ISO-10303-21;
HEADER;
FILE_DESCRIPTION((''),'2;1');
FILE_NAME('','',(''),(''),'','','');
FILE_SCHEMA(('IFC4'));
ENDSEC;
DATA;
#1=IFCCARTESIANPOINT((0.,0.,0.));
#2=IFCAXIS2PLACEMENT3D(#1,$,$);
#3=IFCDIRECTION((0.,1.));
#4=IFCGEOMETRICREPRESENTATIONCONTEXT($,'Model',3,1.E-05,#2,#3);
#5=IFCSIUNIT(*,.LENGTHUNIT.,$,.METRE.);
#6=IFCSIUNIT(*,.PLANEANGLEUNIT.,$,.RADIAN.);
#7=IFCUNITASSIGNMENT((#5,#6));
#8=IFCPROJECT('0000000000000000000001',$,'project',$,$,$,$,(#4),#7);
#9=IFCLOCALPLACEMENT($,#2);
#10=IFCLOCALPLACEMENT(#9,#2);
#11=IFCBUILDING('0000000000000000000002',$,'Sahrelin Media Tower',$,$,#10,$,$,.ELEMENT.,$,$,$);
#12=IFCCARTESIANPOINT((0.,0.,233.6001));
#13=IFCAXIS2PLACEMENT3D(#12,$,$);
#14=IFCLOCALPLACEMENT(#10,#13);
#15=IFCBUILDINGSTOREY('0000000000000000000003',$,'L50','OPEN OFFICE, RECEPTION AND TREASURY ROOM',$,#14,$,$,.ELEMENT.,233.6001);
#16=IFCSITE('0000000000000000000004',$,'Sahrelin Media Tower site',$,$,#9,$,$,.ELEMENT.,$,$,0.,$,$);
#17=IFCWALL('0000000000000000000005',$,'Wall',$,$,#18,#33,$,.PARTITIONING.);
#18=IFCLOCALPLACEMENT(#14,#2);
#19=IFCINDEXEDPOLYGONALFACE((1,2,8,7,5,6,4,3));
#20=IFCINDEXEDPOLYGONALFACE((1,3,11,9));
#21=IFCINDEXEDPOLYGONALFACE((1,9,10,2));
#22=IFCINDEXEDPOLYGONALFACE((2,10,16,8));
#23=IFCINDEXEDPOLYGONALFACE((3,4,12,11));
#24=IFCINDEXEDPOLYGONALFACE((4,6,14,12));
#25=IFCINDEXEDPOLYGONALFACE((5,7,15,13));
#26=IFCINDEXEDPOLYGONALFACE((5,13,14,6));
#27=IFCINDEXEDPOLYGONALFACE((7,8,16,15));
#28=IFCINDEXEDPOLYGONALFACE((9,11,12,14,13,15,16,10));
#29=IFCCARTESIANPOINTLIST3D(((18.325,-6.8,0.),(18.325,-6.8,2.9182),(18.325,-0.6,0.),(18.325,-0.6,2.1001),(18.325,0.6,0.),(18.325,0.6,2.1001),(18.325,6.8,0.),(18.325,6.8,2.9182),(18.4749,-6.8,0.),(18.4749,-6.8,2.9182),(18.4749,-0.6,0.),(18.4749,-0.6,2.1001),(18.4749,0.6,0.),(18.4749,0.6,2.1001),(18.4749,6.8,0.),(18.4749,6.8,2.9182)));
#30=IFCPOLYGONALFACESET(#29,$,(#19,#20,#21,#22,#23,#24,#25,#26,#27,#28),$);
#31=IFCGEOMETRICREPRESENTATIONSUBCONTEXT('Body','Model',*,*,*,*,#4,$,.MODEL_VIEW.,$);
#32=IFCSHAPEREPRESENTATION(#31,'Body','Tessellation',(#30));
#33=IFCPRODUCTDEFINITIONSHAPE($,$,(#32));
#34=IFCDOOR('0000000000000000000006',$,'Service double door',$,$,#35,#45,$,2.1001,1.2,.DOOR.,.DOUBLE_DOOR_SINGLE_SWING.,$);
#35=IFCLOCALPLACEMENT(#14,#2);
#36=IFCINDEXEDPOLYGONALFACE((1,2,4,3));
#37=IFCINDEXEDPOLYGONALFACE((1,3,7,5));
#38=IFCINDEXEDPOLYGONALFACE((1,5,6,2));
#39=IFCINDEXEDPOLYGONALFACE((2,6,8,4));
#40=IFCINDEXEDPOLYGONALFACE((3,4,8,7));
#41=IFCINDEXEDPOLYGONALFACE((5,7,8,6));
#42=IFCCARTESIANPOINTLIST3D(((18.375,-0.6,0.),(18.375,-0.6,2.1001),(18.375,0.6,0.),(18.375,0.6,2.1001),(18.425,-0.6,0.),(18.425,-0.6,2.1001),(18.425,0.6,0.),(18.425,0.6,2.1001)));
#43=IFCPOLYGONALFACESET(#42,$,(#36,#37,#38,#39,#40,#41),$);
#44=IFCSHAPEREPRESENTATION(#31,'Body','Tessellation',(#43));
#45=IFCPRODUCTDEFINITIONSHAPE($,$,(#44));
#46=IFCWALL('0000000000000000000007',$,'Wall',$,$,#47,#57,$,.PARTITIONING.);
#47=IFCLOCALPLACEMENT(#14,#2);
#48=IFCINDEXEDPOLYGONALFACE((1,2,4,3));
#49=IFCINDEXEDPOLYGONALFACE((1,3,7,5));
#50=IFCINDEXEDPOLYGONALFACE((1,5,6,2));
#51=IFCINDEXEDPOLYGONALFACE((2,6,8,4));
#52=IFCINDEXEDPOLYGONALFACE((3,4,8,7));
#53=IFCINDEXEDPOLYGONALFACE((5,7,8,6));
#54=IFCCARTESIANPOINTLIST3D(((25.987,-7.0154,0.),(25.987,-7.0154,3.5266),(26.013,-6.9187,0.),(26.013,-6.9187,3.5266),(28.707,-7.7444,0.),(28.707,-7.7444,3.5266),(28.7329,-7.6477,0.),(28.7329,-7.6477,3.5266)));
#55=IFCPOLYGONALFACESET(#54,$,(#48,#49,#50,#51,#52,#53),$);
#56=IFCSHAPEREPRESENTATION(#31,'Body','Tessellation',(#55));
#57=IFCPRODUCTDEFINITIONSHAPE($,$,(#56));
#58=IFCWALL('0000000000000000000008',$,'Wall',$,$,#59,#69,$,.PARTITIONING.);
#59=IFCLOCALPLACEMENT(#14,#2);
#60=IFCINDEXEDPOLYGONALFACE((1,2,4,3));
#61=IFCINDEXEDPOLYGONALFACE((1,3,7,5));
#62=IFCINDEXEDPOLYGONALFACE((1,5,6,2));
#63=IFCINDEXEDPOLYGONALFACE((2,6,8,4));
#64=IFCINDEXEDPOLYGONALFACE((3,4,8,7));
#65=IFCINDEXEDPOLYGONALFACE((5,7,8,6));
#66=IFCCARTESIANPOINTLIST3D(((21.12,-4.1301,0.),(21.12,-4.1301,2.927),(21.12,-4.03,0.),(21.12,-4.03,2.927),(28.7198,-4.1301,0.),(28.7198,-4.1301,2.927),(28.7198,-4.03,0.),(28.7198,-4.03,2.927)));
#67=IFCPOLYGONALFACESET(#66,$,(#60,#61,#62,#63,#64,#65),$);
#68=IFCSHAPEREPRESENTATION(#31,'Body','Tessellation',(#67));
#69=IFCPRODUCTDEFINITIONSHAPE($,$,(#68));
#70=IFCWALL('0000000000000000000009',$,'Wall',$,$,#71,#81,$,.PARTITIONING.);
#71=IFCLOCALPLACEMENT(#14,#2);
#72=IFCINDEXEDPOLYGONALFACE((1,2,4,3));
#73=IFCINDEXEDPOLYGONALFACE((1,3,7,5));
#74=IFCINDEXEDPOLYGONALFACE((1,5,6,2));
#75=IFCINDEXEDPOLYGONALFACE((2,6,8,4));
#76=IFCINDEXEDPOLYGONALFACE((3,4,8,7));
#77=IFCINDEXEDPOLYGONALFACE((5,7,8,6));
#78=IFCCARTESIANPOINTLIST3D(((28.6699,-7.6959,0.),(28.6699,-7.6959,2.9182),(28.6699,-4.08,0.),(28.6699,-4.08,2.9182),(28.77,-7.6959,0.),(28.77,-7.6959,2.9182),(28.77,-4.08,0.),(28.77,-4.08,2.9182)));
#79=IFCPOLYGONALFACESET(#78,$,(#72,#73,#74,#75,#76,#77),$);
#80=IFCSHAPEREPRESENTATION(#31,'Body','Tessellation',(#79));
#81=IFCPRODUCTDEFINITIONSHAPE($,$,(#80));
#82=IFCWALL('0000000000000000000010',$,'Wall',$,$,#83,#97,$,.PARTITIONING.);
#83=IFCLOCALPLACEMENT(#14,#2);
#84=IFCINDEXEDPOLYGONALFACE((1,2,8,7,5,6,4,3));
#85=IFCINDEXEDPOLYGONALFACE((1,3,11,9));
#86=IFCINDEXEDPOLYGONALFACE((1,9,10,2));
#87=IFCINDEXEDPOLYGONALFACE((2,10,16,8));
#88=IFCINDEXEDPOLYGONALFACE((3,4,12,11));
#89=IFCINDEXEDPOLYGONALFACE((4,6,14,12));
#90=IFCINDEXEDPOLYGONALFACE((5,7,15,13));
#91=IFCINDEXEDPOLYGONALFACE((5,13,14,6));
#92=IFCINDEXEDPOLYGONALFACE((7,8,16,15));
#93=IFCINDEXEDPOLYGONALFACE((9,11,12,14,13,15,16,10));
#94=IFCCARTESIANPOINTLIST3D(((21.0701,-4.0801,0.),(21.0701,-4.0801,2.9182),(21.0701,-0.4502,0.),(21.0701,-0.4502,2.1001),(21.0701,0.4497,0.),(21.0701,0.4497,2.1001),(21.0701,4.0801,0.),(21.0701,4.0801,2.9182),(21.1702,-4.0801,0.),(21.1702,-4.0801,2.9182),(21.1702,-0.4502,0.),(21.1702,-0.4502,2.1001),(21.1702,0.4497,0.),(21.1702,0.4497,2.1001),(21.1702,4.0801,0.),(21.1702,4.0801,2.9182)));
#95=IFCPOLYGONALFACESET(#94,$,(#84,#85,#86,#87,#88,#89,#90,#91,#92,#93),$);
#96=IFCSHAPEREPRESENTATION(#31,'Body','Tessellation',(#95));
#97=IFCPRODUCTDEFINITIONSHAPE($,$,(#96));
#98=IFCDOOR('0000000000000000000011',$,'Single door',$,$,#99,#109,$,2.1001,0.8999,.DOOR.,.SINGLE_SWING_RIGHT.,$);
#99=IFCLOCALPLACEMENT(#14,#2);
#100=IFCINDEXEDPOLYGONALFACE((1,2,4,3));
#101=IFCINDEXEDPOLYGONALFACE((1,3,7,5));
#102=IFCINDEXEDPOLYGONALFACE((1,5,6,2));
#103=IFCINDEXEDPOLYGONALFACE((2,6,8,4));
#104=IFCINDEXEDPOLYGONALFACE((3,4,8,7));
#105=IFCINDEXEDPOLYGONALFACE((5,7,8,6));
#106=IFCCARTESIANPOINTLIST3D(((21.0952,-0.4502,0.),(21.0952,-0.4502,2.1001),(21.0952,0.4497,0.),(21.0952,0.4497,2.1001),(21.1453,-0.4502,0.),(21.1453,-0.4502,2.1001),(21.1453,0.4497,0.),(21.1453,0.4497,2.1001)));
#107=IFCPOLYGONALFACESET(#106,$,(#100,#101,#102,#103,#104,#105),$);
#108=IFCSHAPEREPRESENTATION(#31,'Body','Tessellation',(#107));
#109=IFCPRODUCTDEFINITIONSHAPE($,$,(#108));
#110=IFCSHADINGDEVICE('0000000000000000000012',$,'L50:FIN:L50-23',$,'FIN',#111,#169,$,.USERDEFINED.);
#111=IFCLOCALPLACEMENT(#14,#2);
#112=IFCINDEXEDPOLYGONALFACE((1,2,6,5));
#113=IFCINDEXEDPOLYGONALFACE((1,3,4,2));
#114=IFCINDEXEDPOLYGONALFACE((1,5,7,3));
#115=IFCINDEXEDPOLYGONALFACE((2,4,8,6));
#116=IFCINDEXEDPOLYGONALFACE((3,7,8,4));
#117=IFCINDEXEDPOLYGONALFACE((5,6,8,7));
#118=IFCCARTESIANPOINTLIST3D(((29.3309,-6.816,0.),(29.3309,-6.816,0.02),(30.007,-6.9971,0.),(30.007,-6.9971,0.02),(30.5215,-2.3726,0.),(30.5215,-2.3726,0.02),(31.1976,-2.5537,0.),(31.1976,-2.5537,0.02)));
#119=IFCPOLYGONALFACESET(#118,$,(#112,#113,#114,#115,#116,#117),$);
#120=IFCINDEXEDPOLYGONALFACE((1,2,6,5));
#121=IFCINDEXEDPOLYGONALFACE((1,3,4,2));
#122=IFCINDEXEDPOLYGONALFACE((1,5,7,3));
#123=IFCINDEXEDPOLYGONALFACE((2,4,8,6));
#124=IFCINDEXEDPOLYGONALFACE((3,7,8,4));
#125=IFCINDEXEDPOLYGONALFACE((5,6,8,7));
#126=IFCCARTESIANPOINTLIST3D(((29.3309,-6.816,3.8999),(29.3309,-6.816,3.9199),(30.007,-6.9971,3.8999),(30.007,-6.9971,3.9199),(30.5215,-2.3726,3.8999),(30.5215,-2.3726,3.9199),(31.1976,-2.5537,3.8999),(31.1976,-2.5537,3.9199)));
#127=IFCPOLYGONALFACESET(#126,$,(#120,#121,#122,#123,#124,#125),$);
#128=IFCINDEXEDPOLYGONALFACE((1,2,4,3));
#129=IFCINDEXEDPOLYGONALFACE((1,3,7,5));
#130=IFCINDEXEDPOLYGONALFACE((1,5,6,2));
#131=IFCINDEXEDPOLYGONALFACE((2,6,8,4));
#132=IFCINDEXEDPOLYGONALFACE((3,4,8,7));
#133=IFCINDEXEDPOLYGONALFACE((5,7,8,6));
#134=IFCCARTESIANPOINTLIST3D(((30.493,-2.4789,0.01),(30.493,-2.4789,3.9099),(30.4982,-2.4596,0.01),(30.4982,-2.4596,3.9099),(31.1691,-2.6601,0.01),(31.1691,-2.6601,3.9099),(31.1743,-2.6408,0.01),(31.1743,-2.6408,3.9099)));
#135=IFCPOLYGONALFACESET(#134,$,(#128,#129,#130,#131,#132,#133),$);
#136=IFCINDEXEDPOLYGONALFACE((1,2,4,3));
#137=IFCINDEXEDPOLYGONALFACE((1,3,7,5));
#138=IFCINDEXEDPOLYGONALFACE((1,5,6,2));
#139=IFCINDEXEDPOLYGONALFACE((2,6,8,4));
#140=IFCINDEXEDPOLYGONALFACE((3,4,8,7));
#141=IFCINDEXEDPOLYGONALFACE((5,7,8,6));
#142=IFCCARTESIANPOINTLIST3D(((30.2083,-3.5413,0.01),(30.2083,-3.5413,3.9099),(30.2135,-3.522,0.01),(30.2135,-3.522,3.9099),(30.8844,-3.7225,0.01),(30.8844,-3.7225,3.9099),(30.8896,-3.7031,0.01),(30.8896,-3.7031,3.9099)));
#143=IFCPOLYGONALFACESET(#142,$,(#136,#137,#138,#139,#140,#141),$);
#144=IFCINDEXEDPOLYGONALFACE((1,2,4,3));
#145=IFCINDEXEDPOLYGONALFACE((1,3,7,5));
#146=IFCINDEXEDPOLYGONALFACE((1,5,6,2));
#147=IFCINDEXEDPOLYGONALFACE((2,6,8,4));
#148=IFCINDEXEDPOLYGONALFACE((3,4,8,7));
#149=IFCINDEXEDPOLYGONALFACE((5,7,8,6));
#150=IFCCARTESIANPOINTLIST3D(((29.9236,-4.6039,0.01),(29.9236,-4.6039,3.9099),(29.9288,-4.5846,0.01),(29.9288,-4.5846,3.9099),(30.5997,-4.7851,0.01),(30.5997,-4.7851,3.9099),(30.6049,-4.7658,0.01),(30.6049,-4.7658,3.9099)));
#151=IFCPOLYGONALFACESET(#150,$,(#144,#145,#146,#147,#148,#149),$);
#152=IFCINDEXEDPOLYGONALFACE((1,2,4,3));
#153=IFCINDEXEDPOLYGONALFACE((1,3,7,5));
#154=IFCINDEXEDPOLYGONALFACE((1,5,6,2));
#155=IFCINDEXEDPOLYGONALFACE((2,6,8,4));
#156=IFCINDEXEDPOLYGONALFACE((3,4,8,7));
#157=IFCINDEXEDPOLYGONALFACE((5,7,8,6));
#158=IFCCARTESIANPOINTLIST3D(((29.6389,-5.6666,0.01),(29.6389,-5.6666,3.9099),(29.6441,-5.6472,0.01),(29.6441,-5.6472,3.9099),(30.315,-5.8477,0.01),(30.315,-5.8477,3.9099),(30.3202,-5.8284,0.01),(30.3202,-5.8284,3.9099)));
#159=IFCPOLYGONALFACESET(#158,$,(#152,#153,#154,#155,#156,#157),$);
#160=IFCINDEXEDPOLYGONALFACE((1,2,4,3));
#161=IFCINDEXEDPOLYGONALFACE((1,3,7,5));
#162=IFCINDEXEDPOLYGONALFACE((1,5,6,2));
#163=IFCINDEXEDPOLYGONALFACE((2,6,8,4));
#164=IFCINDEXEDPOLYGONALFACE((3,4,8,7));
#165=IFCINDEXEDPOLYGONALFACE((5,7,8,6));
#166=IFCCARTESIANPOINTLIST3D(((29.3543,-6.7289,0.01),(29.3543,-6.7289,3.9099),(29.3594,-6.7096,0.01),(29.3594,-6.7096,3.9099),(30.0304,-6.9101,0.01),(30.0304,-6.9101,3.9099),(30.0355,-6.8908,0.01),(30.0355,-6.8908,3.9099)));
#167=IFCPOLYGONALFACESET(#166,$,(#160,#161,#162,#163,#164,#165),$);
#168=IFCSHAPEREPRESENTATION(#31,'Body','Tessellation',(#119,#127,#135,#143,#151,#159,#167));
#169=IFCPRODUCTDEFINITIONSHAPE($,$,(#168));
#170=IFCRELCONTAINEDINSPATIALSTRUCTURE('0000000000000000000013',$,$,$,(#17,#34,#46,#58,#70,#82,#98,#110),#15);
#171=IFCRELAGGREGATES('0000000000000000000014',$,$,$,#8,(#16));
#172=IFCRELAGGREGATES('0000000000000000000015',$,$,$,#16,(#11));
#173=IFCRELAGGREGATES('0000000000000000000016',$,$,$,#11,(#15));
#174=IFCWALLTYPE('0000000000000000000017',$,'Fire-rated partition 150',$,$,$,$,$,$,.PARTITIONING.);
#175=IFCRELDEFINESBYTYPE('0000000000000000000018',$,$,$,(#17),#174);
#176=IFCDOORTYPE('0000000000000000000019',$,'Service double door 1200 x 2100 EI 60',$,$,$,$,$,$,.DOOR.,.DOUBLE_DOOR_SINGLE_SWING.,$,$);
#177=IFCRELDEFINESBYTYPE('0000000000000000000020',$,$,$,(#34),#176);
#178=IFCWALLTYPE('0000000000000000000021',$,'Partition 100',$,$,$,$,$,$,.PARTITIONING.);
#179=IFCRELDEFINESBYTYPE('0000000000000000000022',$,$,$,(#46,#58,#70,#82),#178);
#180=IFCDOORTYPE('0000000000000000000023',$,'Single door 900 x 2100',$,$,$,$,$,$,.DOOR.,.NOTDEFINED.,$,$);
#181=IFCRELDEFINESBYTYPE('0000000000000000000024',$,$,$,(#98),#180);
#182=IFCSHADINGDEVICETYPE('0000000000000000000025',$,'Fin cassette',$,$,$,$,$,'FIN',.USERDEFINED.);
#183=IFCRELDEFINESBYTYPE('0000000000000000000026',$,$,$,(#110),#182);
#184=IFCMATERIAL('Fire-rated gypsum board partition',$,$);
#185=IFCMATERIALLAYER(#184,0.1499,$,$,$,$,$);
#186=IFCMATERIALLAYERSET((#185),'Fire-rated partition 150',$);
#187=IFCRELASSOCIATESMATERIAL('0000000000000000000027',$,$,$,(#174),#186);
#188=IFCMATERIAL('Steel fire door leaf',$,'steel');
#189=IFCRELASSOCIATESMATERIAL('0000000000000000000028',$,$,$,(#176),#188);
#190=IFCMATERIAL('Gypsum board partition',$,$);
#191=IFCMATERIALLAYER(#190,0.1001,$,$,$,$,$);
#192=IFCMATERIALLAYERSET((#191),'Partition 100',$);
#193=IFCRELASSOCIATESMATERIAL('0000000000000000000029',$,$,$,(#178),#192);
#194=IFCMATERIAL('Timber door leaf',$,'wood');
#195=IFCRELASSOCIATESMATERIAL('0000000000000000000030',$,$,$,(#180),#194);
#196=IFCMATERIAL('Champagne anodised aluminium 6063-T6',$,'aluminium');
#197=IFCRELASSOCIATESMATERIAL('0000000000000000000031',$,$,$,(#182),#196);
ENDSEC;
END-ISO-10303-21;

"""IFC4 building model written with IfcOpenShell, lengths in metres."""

from ifc_helpers import new_model, si_unit, direction, frame, frame_2d, origin, origin_2d, place, context, subcontext, project, spatial, rectangle, extrude, material, layer, layer_set, type_object, element, fill, save


model = new_model("IFC4")

# Units and contexts
model_context = context("Model", 3, precision=1e-05, world=origin(), true_north=direction((0.0, 1.0)))
body_context = subcontext(model_context, "Body", "Model", "MODEL_VIEW")
ifc_project = project(units=[si_unit("LENGTHUNIT", "METRE"), si_unit("PLANEANGLEUNIT", "RADIAN")], contexts=[model_context])

# Site, building, storey
site_placement = place(None, origin())
site = spatial("IfcSite", under=ifc_project, at=site_placement, Name="Sahrelin Media Tower site", CompositionType="ELEMENT", RefElevation=0.0)
building_placement = place(site_placement, origin())
building = spatial("IfcBuilding", under=site, at=building_placement, Name="Sahrelin Media Tower", CompositionType="ELEMENT")
storey_placement = place(building_placement, frame((0.0, 0.0, 233.6001)))
storey = spatial("IfcBuildingStorey", under=building, at=storey_placement, Name="L50", Description="OPEN OFFICE, RECEPTION AND TREASURY ROOM", CompositionType="ELEMENT", Elevation=233.6001)

# Shared definitions
ifc_material_1 = material(Name="Champagne anodised aluminium 6063-T6", Category="aluminium")

# Shared definitions
ifc_material_2 = material(Name="Fire-rated gypsum board partition")
ifc_layer_1 = layer(ifc_material_2, 0.1499)
ifc_layer_set_1 = layer_set([ifc_layer_1], Name="Fire-rated partition 150")
wall_type_1 = type_object("IfcWallType", Name="Fire-rated partition 150", PredefinedType="PARTITIONING", material=ifc_layer_set_1)

# Wall, opening, door
wall_1_placement = place(storey_placement, frame((18.3999, -6.8, 0.0), z_axis=(0.0, 0.0, 1.0), x_axis=(0.0, 1.0, 0.0)))
wall_1 = element("IfcWall", 1, at=wall_1_placement, inside=storey, type_object=wall_type_1, Name="Wall", PredefinedType="PARTITIONING", context=body_context, shape_type="SweptSolid", body=[
    extrude(rectangle(XDim=13.6001, YDim=0.1499, at=frame_2d((6.8, 0.0))), origin(), (0.0, 0.0, 1.0), 2.9182),
])
opening_1_placement = place(wall_1_placement, frame((6.2, 0.0, 0.0)))
opening_1 = element("IfcOpeningElement", 2, at=opening_1_placement, cuts=wall_1, PredefinedType="OPENING", context=body_context, shape_type="SweptSolid", body=[
    extrude(rectangle(XDim=1.2, YDim=2.1001, at=frame_2d((0.6001, 1.05))), frame((0.0, 0.075, 0.0), z_axis=(0.0, -1.0, 0.0), x_axis=(1.0, 0.0, 0.0)), (0.0, 0.0, 1.0), 0.1499),
])
ifc_material_3 = material(Name="Steel fire door leaf", Category="steel")
door_type_1 = type_object("IfcDoorType", Name="Service double door 1200 x 2100 EI 60", OperationType="DOUBLE_DOOR_SINGLE_SWING", PredefinedType="DOOR", material=ifc_material_3)
door_1_placement = place(opening_1_placement, origin())
door_1 = element("IfcDoor", 3, at=door_1_placement, inside=storey, type_object=door_type_1, Name="Service double door", OperationType="DOUBLE_DOOR_SINGLE_SWING", OverallHeight=2.1001, OverallWidth=1.2, PredefinedType="DOOR", context=body_context, shape_type="SweptSolid", body=[
    extrude(rectangle(XDim=1.2, YDim=2.1001, at=frame_2d((0.6001, 1.05))), frame((0.0, 0.0249, 0.0), z_axis=(0.0, -1.0, 0.0), x_axis=(1.0, 0.0, 0.0)), (0.0, 0.0, 1.0), 0.05),
])
fill(opening_1, door_1)

# Walls
ifc_material_4 = material(Name="Gypsum board partition")
ifc_layer_2 = layer(ifc_material_4, 0.1001)
ifc_layer_set_2 = layer_set([ifc_layer_2], Name="Partition 100")
wall_type_2 = type_object("IfcWallType", Name="Partition 100", PredefinedType="PARTITIONING", material=ifc_layer_set_2)
wall_2_placement = place(storey_placement, frame((26.0, -6.967, 0.0), z_axis=(0.0, 0.0, 1.0), x_axis=(0.965909, -0.258882, 0.0)))
element("IfcWall", 4, at=wall_2_placement, inside=storey, type_object=wall_type_2, Name="Wall", PredefinedType="PARTITIONING", context=body_context, shape_type="SweptSolid", body=[
    extrude(rectangle(XDim=2.8159, YDim=0.1001, at=frame_2d((1.408, 0.0))), origin(), (0.0, 0.0, 1.0), 3.5266),
])
wall_3_placement = place(storey_placement, frame((21.1201, -4.0801, 0.0), z_axis=(0.0, 0.0, 1.0), x_axis=(1.0, 0.0, 0.0)))
element("IfcWall", 5, at=wall_3_placement, inside=storey, type_object=wall_type_2, Name="Wall", PredefinedType="PARTITIONING", context=body_context, shape_type="SweptSolid", body=[
    extrude(rectangle(XDim=7.5999, YDim=0.1001, at=frame_2d((3.7998, 0.0))), origin(), (0.0, 0.0, 1.0), 2.927),
])
wall_4_placement = place(storey_placement, frame((28.72, -7.696, 0.0), z_axis=(0.0, 0.0, 1.0), x_axis=(0.0, 1.0, 0.0)))
element("IfcWall", 6, at=wall_4_placement, inside=storey, type_object=wall_type_2, Name="Wall", PredefinedType="PARTITIONING", context=body_context, shape_type="SweptSolid", body=[
    extrude(rectangle(XDim=3.616, YDim=0.1001, at=frame_2d((1.8081, 0.0))), origin(), (0.0, 0.0, 1.0), 2.9182),
])

# Wall, opening, door
wall_5_placement = place(storey_placement, frame((21.1201, -4.0801, 0.0), z_axis=(0.0, 0.0, 1.0), x_axis=(0.0, 1.0, 0.0)))
wall_5 = element("IfcWall", 7, at=wall_5_placement, inside=storey, type_object=wall_type_2, Name="Wall", PredefinedType="PARTITIONING", context=body_context, shape_type="SweptSolid", body=[
    extrude(rectangle(XDim=8.1602, YDim=0.1001, at=frame_2d((4.0801, 0.0))), origin(), (0.0, 0.0, 1.0), 2.9182),
])
opening_2_placement = place(wall_5_placement, frame((3.6299, 0.0, 0.0)))
opening_2 = element("IfcOpeningElement", 8, at=opening_2_placement, cuts=wall_5, PredefinedType="OPENING", context=body_context, shape_type="SweptSolid", body=[
    extrude(rectangle(XDim=0.8999, YDim=2.1001, at=frame_2d((0.45, 1.05))), frame((0.0, 0.05, 0.0), z_axis=(0.0, -1.0, 0.0), x_axis=(1.0, 0.0, 0.0)), (0.0, 0.0, 1.0), 0.1001),
])
ifc_material_5 = material(Name="Timber door leaf", Category="wood")
door_type_2 = type_object("IfcDoorType", Name="Single door 900 x 2100", OperationType="NOTDEFINED", PredefinedType="DOOR", material=ifc_material_5)
door_2_placement = place(opening_2_placement, origin())
door_2 = element("IfcDoor", 9, at=door_2_placement, inside=storey, type_object=door_type_2, Name="Single door", OperationType="SINGLE_SWING_RIGHT", OverallHeight=2.1001, OverallWidth=0.8999, PredefinedType="DOOR", context=body_context, shape_type="SweptSolid", body=[
    extrude(rectangle(XDim=0.8999, YDim=2.1001, at=frame_2d((0.45, 1.05))), frame((0.0, 0.0249, 0.0), z_axis=(0.0, -1.0, 0.0), x_axis=(1.0, 0.0, 0.0)), (0.0, 0.0, 1.0), 0.05),
])
fill(opening_2, door_2)

# Shading device
shading_device_type_1 = type_object("IfcShadingDeviceType", Name="Fin cassette", ElementType="FIN", PredefinedType="USERDEFINED", material=ifc_material_1)
placement = place(storey_placement, frame((29.8586, -4.5762, 0.0), z_axis=(0.0, 0.0, 1.0), x_axis=(-0.258808, -0.965929, 0.0)))
element("IfcShadingDevice", 10, at=placement, inside=storey, type_object=shading_device_type_1, Name="L50:FIN:L50-23", ObjectType="FIN", PredefinedType="USERDEFINED", context=body_context, shape_type="SweptSolid", body=[
    extrude(rectangle(XDim=4.6001, YDim=0.7, at=origin_2d()), frame((0.0, 0.4199, 0.0)), (0.0, 0.0, 1.0), 0.02),
    extrude(rectangle(XDim=4.6001, YDim=0.7, at=origin_2d()), frame((0.0, 0.4199, 3.8999)), (0.0, 0.0, 1.0), 0.02),
    extrude(rectangle(XDim=0.02, YDim=0.7, at=origin_2d()), frame((-2.2, 0.4199, 0.01), z_axis=(0.0, 0.0, 1.0), x_axis=(1.0, 0.0, 0.0)), (0.0, 0.0, 1.0), 3.8999),
    extrude(rectangle(XDim=0.02, YDim=0.7, at=origin_2d()), frame((-1.1001, 0.4199, 0.01), z_axis=(0.0, 0.0, 1.0), x_axis=(1.0, 0.0, 0.0)), (0.0, 0.0, 1.0), 3.8999),
    extrude(rectangle(XDim=0.02, YDim=0.7, at=origin_2d()), frame((0.0, 0.4199, 0.01), z_axis=(0.0, 0.0, 1.0), x_axis=(1.0, 0.0, 0.0)), (0.0, 0.0, 1.0), 3.8999),
    extrude(rectangle(XDim=0.02, YDim=0.7, at=origin_2d()), frame((1.1001, 0.4199, 0.01), z_axis=(0.0, 0.0, 1.0), x_axis=(1.0, 0.0, 0.0)), (0.0, 0.0, 1.0), 3.8999),
    extrude(rectangle(XDim=0.02, YDim=0.7, at=origin_2d()), frame((2.2, 0.4199, 0.01), z_axis=(0.0, 0.0, 1.0), x_axis=(1.0, 0.0, 0.0)), (0.0, 0.0, 1.0), 3.8999),
])

save(model, "model.ifc")
